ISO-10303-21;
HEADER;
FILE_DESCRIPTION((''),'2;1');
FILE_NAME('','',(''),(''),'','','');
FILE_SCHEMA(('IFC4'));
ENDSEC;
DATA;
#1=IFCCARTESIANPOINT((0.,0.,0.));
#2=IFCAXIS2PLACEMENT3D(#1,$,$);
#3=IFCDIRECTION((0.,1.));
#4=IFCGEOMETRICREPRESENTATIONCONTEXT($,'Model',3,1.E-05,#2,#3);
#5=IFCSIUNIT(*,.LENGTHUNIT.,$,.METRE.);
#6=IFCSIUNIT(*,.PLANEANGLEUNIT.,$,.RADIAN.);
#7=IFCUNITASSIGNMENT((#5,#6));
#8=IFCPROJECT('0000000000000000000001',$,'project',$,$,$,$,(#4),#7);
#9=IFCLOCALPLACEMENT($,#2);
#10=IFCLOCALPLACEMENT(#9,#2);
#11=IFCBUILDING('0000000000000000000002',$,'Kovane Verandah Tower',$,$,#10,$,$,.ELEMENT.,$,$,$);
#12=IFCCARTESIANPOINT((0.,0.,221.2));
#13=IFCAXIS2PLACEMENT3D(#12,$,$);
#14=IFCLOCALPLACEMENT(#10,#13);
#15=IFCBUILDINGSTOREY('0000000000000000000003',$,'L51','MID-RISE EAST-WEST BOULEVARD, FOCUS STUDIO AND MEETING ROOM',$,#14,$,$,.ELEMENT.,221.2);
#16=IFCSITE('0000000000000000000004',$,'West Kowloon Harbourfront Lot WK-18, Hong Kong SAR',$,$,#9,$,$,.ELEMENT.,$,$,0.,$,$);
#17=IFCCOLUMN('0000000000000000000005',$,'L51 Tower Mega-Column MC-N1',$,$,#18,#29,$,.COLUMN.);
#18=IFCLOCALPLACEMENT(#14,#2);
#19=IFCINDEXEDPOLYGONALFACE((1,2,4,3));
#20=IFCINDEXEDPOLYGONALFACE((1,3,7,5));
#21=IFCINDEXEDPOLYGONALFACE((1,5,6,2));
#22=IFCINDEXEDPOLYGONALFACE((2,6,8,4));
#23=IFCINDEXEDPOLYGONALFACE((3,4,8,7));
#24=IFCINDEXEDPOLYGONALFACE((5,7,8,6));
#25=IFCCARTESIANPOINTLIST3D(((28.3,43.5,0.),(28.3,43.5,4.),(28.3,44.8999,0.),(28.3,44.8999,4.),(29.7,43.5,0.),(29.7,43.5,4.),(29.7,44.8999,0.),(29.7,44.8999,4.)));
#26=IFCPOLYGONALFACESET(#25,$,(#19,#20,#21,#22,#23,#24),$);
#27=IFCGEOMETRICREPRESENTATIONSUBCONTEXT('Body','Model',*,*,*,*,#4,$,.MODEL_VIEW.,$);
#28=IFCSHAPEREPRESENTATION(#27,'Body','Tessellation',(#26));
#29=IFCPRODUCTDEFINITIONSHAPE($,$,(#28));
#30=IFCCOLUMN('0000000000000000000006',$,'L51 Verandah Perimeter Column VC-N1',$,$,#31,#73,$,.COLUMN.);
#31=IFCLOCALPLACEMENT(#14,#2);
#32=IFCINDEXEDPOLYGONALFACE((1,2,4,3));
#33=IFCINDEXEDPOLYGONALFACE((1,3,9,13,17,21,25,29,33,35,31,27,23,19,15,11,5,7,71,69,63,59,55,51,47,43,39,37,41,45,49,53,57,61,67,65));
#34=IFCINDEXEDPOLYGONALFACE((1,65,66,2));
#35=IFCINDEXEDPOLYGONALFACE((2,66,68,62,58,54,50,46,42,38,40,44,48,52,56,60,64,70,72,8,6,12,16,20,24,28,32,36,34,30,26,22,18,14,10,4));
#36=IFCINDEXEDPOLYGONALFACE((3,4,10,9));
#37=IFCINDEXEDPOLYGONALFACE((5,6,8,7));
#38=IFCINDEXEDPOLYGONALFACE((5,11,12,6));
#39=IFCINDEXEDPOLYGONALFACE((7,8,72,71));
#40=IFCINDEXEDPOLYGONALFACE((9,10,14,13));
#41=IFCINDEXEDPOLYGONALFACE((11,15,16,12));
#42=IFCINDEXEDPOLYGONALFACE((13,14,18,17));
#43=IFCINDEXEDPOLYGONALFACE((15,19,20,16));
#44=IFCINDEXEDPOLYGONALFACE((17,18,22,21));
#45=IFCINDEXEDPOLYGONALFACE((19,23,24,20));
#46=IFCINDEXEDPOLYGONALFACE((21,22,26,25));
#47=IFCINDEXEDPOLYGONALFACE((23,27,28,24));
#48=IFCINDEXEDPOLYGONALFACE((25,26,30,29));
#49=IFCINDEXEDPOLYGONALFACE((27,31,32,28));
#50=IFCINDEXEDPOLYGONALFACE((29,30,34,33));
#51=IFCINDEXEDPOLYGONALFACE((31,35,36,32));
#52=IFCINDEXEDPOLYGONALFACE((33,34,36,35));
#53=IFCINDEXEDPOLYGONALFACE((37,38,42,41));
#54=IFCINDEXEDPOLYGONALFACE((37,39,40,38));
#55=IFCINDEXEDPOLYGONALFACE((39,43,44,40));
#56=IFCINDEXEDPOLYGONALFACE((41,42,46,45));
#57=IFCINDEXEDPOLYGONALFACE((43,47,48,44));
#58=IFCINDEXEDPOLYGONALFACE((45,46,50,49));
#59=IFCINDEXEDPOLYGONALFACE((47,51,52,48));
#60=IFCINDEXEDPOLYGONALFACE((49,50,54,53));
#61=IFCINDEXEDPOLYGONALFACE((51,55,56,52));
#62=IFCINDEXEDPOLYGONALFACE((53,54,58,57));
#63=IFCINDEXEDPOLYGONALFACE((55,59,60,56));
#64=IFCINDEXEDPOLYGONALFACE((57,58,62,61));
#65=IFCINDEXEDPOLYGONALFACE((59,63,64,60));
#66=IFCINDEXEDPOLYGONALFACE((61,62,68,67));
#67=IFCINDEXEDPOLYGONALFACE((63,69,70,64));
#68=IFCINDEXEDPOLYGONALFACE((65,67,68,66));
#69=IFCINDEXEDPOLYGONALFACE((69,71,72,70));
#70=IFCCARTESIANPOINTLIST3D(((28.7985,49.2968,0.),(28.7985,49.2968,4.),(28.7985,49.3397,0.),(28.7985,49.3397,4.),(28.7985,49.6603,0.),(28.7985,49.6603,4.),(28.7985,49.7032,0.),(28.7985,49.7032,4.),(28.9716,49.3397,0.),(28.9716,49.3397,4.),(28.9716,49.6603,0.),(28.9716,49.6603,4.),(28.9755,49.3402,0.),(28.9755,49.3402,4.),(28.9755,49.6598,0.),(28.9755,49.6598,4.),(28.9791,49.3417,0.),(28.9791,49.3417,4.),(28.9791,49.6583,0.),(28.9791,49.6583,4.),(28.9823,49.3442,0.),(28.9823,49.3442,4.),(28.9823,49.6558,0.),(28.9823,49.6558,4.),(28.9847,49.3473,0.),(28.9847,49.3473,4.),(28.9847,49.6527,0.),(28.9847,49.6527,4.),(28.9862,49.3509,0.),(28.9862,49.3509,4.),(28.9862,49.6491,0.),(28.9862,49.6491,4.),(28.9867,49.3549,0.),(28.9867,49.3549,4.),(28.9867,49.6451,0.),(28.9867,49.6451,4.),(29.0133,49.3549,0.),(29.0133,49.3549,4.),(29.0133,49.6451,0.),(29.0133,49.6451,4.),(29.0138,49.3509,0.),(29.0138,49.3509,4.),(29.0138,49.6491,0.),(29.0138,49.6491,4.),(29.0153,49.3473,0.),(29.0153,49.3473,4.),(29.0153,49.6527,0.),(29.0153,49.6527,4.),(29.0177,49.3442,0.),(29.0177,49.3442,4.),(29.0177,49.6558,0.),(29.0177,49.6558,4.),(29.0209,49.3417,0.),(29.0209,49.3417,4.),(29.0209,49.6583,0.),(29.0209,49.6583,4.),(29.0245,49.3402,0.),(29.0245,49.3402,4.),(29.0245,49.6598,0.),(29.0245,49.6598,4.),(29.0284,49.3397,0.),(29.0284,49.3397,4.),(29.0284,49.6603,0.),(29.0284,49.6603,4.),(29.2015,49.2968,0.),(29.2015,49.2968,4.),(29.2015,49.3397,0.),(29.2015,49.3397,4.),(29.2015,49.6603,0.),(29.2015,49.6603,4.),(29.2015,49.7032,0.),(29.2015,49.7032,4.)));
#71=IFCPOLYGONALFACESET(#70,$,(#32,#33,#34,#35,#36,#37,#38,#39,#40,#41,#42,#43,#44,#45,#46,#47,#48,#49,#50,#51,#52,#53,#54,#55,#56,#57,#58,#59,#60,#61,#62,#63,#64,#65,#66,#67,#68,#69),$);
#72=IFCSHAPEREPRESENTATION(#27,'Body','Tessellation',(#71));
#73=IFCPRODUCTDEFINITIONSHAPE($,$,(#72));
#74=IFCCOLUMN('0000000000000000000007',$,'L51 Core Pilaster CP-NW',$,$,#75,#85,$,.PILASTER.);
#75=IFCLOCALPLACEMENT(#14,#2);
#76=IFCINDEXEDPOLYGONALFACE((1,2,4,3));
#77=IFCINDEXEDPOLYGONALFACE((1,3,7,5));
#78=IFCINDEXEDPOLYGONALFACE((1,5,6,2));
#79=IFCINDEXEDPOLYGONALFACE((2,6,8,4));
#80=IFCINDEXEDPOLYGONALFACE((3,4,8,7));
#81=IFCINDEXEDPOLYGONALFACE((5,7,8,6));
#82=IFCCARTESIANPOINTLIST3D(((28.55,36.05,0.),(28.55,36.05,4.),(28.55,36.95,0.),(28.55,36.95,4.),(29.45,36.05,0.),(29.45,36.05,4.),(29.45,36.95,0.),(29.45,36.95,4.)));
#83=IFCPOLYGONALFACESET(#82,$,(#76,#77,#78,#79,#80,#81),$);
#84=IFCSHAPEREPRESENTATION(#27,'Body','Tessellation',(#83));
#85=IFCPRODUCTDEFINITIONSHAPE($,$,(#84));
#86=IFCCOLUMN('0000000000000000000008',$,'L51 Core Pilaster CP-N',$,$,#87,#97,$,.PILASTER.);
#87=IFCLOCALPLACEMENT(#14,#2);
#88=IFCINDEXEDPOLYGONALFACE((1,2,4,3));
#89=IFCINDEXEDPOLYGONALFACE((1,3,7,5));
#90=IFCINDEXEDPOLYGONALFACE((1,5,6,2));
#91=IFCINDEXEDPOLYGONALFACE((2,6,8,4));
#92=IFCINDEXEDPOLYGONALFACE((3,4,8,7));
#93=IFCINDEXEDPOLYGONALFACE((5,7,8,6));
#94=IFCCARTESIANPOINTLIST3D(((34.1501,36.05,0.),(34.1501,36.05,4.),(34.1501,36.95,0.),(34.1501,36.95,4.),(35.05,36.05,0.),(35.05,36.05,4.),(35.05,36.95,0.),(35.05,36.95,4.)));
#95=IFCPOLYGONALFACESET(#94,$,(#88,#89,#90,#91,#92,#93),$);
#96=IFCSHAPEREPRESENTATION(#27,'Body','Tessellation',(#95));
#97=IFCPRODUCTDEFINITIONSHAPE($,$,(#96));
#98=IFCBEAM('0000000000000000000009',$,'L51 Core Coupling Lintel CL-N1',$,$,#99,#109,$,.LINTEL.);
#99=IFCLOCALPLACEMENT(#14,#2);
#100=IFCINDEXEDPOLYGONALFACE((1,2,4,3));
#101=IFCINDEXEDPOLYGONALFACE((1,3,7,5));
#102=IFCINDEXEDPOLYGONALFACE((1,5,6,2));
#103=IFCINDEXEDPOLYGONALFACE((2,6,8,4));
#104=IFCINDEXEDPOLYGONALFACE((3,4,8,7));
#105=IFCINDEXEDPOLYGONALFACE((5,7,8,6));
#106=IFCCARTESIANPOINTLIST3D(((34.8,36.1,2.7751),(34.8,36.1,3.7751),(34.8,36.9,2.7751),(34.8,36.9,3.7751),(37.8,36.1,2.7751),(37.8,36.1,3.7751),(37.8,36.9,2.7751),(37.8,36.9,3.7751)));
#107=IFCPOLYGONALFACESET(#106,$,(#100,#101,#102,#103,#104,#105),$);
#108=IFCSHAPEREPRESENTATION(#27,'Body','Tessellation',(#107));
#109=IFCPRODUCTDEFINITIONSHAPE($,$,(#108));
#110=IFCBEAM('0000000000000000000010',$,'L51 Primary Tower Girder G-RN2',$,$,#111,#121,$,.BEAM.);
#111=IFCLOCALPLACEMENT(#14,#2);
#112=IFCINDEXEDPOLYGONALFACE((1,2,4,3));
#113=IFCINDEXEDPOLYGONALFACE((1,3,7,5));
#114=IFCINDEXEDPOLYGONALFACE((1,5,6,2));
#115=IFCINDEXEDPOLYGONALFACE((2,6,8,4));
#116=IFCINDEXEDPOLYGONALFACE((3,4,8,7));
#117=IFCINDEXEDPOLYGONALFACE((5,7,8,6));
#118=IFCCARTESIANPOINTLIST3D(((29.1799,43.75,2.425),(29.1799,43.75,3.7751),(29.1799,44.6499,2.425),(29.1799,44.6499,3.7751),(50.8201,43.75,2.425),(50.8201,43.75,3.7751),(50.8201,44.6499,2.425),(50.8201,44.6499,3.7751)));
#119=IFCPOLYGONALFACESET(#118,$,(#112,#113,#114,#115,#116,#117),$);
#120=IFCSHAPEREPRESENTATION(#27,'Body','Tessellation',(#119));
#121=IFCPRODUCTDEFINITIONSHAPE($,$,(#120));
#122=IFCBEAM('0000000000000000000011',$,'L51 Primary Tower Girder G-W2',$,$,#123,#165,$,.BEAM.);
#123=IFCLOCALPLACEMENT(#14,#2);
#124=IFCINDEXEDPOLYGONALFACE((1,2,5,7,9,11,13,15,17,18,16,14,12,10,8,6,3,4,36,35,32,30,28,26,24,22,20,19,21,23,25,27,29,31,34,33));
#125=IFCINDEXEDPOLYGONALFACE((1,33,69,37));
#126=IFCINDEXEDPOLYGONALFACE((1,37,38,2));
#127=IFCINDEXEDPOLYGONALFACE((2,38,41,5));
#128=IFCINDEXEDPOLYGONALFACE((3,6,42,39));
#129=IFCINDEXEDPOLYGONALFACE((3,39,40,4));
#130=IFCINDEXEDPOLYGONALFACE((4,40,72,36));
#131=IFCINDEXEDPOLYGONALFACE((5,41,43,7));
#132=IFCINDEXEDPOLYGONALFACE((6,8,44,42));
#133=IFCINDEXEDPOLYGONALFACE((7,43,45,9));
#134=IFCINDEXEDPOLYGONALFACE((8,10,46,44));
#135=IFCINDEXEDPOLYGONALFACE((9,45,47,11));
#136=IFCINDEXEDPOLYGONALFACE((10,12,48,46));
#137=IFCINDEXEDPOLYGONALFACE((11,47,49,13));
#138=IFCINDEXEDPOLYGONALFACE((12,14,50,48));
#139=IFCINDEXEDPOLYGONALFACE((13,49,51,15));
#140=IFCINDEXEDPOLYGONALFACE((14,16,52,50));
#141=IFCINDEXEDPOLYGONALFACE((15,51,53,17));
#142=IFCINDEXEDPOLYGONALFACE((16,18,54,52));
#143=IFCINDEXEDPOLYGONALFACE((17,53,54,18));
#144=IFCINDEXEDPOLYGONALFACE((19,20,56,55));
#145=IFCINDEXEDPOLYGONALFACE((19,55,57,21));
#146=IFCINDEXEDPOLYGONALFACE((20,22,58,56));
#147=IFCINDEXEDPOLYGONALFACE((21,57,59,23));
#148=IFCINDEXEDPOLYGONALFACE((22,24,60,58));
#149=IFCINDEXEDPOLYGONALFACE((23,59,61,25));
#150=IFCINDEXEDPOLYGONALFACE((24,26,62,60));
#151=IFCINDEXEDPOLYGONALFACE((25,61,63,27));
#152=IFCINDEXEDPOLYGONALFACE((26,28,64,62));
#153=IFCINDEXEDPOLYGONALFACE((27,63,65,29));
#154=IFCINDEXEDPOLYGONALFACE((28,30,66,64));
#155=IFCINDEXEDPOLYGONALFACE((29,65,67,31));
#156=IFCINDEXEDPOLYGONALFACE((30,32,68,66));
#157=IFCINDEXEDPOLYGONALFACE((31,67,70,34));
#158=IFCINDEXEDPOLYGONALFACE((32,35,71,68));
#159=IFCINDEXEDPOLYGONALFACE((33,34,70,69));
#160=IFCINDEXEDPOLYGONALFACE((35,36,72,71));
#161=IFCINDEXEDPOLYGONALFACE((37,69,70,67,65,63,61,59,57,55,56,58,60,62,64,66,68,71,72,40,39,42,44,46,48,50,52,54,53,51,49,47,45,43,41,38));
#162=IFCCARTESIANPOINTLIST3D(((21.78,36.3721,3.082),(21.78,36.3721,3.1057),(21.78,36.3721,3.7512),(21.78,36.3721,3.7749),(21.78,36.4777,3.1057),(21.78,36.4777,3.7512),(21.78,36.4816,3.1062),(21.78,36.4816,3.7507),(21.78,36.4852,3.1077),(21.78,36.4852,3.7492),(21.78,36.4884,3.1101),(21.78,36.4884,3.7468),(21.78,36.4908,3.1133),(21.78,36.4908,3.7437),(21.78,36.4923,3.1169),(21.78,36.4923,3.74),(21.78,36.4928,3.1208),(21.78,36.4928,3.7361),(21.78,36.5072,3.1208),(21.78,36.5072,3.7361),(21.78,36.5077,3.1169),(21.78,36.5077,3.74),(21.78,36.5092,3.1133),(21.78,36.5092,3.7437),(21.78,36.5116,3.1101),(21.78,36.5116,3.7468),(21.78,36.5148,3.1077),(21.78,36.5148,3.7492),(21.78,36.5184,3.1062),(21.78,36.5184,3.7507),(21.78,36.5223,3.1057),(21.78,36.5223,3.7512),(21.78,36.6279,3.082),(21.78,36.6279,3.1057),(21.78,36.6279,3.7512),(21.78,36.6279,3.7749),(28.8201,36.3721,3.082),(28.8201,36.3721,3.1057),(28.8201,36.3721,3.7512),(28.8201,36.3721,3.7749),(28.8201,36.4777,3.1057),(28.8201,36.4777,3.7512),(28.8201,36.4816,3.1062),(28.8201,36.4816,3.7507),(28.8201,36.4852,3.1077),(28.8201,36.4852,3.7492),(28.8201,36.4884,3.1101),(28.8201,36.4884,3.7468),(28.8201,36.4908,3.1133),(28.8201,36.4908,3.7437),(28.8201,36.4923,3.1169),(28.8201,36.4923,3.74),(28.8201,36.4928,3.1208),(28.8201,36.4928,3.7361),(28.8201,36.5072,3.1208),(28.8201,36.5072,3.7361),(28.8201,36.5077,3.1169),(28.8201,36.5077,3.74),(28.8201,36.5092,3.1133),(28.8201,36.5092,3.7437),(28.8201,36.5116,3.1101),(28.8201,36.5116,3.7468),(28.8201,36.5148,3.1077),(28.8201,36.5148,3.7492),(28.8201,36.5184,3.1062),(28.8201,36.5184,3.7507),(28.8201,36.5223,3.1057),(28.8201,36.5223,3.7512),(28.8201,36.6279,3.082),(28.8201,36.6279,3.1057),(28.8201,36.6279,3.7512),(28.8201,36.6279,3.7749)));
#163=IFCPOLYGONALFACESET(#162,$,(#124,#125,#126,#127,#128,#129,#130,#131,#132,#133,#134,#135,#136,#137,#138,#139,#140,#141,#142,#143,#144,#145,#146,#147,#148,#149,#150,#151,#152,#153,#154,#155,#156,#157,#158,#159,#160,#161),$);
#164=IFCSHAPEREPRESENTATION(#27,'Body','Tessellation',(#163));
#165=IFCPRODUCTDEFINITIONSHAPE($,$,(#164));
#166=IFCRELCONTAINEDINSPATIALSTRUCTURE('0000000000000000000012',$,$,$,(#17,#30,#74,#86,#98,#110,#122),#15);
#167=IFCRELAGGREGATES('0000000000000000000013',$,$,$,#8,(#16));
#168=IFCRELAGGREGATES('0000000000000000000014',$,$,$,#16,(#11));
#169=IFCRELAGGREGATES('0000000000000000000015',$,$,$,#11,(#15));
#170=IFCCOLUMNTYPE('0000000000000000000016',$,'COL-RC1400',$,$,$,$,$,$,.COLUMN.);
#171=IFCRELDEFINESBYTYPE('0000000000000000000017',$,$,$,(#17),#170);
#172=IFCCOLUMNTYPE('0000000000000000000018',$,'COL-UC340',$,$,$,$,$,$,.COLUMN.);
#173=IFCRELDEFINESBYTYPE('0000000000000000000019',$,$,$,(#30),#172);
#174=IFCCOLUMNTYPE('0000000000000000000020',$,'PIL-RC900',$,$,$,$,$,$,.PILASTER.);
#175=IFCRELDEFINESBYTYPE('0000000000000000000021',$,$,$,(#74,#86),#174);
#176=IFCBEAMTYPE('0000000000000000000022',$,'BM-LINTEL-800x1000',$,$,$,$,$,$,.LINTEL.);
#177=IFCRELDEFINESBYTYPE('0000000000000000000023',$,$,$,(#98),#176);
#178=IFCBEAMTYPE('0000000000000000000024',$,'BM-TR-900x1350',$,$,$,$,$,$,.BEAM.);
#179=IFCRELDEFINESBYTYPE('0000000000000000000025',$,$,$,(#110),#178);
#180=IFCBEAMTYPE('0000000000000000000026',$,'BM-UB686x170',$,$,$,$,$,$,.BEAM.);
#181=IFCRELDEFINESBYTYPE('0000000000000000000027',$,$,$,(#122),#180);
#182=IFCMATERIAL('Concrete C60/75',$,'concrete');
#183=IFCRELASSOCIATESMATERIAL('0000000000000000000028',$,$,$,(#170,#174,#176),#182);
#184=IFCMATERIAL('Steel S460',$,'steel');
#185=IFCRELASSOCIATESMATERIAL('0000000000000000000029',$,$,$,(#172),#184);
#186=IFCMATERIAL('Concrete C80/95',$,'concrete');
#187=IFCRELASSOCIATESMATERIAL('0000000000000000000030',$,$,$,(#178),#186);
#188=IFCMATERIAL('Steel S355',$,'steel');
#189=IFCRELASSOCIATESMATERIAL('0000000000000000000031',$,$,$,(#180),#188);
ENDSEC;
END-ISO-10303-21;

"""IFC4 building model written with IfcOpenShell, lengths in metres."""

from ifc_helpers import new_model, si_unit, direction, frame, origin, origin_2d, place, context, subcontext, project, spatial, rectangle, i_section, extrude, material, material_profile, profile_set, type_object, element, save


model = new_model("IFC4")

# Units and contexts
model_context = context("Model", 3, precision=1e-05, world=origin(), true_north=direction((0.0, 1.0)))
body_context = subcontext(model_context, "Body", "Model", "MODEL_VIEW")
ifc_project = project(units=[si_unit("LENGTHUNIT", "METRE"), si_unit("PLANEANGLEUNIT", "RADIAN")], contexts=[model_context])

# Site, building, storey
site_placement = place(None, origin())
site = spatial("IfcSite", under=ifc_project, at=site_placement, Name="West Kowloon Harbourfront Lot WK-18, Hong Kong SAR", CompositionType="ELEMENT", RefElevation=0.0)
building_placement = place(site_placement, origin())
building = spatial("IfcBuilding", under=site, at=building_placement, Name="Kovane Verandah Tower", CompositionType="ELEMENT")
storey_placement = place(building_placement, frame((0.0, 0.0, 221.2)))
storey = spatial("IfcBuildingStorey", under=building, at=storey_placement, Name="L51", Description="MID-RISE EAST-WEST BOULEVARD, FOCUS STUDIO AND MEETING ROOM", CompositionType="ELEMENT", Elevation=221.2)

# Columns
ifc_material_1 = material(Name="Concrete C60/75", Category="concrete")
ifc_material_profile_1 = material_profile(ifc_material_1, rectangle(XDim=1.3999, YDim=1.3999, at=origin_2d()), Name="RC1400x1400")
ifc_profile_set_1 = profile_set([ifc_material_profile_1], Name="Concrete C60/75")
column_type_1 = type_object("IfcColumnType", Name="COL-RC1400", PredefinedType="COLUMN", material=ifc_profile_set_1)
column_1_placement = place(storey_placement, frame((29.0, 44.2, 0.0), z_axis=(0.0, 0.0, 1.0), x_axis=(1.0, 0.0, 0.0)))
element("IfcColumn", 1, at=column_1_placement, inside=storey, type_object=column_type_1, Name="L51 Tower Mega-Column MC-N1", PredefinedType="COLUMN", context=body_context, shape_type="SweptSolid", body=[
    extrude(rectangle(XDim=1.3999, YDim=1.3999, at=origin_2d()), origin(), (0.0, 0.0, 1.0), 4.0),
])
ifc_material_2 = material(Name="Steel S460", Category="steel")
ifc_material_profile_2 = material_profile(ifc_material_2, i_section(OverallWidth=0.4031, OverallDepth=0.4065, WebThickness=0.0266, FlangeThickness=0.043, FilletRadius=0.0151, at=origin_2d()), Name="UC356x406x340")
ifc_profile_set_2 = profile_set([ifc_material_profile_2], Name="Steel S460")
column_type_2 = type_object("IfcColumnType", Name="COL-UC340", PredefinedType="COLUMN", material=ifc_profile_set_2)
column_2_placement = place(storey_placement, frame((29.0, 49.5, 0.0), z_axis=(0.0, 0.0, 1.0), x_axis=(1.0, 0.0, 0.0)))
element("IfcColumn", 2, at=column_2_placement, inside=storey, type_object=column_type_2, Name="L51 Verandah Perimeter Column VC-N1", PredefinedType="COLUMN", context=body_context, shape_type="SweptSolid", body=[
    extrude(i_section(OverallWidth=0.4031, OverallDepth=0.4065, WebThickness=0.0266, FlangeThickness=0.043, FilletRadius=0.0151, at=origin_2d()), origin(), (0.0, 0.0, 1.0), 4.0),
])
ifc_material_profile_3 = material_profile(ifc_material_1, rectangle(XDim=0.8999, YDim=0.8999, at=origin_2d()), Name="RC900x900")
ifc_profile_set_3 = profile_set([ifc_material_profile_3], Name="Concrete C60/75")
column_type_3 = type_object("IfcColumnType", Name="PIL-RC900", PredefinedType="PILASTER", material=ifc_profile_set_3)
for number, where, z_axis, x_axis, name in (
    (3, (29.0, 36.5, 0.0), (0.0, 0.0, 1.0), (1.0, 0.0, 0.0), "L51 Core Pilaster CP-NW"),
    (4, (34.6001, 36.5, 0.0), (0.0, 0.0, 1.0), (1.0, 0.0, 0.0), "L51 Core Pilaster CP-N"),
):
    element("IfcColumn", number, at=place(storey_placement, frame(where, z_axis=z_axis, x_axis=x_axis)), inside=storey, type_object=column_type_3, Name=name, PredefinedType="PILASTER", context=body_context, shape_type="SweptSolid", body=[
        extrude(rectangle(XDim=0.8999, YDim=0.8999, at=origin_2d()), origin(), (0.0, 0.0, 1.0), 4.0),
    ])

# Beams
ifc_material_profile_4 = material_profile(ifc_material_1, rectangle(XDim=0.8, YDim=1.0, at=origin_2d()), Name="RCB800x1000")
ifc_profile_set_4 = profile_set([ifc_material_profile_4], Name="Concrete C60/75")
beam_type_1 = type_object("IfcBeamType", Name="BM-LINTEL-800x1000", PredefinedType="LINTEL", material=ifc_profile_set_4)
beam_1_placement = place(storey_placement, frame((34.8, 36.5, 3.2751), z_axis=(1.0, 0.0, 0.0), x_axis=(0.0, 1.0, 0.0)))
element("IfcBeam", 5, at=beam_1_placement, inside=storey, type_object=beam_type_1, Name="L51 Core Coupling Lintel CL-N1", PredefinedType="LINTEL", context=body_context, shape_type="SweptSolid", body=[
    extrude(rectangle(XDim=0.8, YDim=1.0, at=origin_2d()), origin(), (0.0, 0.0, 1.0), 3.0),
])
ifc_material_3 = material(Name="Concrete C80/95", Category="concrete")
ifc_material_profile_5 = material_profile(ifc_material_3, rectangle(XDim=0.8999, YDim=1.3501, at=origin_2d()), Name="RCB900x1350")
ifc_profile_set_5 = profile_set([ifc_material_profile_5], Name="Concrete C80/95")
beam_type_2 = type_object("IfcBeamType", Name="BM-TR-900x1350", PredefinedType="BEAM", material=ifc_profile_set_5)
beam_2_placement = place(storey_placement, frame((29.1799, 44.2, 3.1001), z_axis=(1.0, 0.0, 0.0), x_axis=(0.0, 1.0, 0.0)))
element("IfcBeam", 6, at=beam_2_placement, inside=storey, type_object=beam_type_2, Name="L51 Primary Tower Girder G-RN2", PredefinedType="BEAM", context=body_context, shape_type="SweptSolid", body=[
    extrude(rectangle(XDim=0.8999, YDim=1.3501, at=origin_2d()), origin(), (0.0, 0.0, 1.0), 21.6401),
])
ifc_material_4 = material(Name="Steel S355", Category="steel")
ifc_material_profile_6 = material_profile(ifc_material_4, i_section(OverallWidth=0.2559, OverallDepth=0.6929, WebThickness=0.0144, FlangeThickness=0.0237, FilletRadius=0.0151, at=origin_2d()), Name="UB686x254x170")
ifc_profile_set_6 = profile_set([ifc_material_profile_6], Name="Steel S355")
beam_type_3 = type_object("IfcBeamType", Name="BM-UB686x170", PredefinedType="BEAM", material=ifc_profile_set_6)
beam_3_placement = place(storey_placement, frame((28.8201, 36.5, 3.4285), z_axis=(-1.0, 0.0, 0.0), x_axis=(0.0, -1.0, 0.0)))
element("IfcBeam", 7, at=beam_3_placement, inside=storey, type_object=beam_type_3, Name="L51 Primary Tower Girder G-W2", PredefinedType="BEAM", context=body_context, shape_type="SweptSolid", body=[
    extrude(i_section(OverallWidth=0.2559, OverallDepth=0.6929, WebThickness=0.0144, FlangeThickness=0.0237, FilletRadius=0.0151, at=origin_2d()), origin(), (0.0, 0.0, 1.0), 7.04),
])

save(model, "model.ifc")
